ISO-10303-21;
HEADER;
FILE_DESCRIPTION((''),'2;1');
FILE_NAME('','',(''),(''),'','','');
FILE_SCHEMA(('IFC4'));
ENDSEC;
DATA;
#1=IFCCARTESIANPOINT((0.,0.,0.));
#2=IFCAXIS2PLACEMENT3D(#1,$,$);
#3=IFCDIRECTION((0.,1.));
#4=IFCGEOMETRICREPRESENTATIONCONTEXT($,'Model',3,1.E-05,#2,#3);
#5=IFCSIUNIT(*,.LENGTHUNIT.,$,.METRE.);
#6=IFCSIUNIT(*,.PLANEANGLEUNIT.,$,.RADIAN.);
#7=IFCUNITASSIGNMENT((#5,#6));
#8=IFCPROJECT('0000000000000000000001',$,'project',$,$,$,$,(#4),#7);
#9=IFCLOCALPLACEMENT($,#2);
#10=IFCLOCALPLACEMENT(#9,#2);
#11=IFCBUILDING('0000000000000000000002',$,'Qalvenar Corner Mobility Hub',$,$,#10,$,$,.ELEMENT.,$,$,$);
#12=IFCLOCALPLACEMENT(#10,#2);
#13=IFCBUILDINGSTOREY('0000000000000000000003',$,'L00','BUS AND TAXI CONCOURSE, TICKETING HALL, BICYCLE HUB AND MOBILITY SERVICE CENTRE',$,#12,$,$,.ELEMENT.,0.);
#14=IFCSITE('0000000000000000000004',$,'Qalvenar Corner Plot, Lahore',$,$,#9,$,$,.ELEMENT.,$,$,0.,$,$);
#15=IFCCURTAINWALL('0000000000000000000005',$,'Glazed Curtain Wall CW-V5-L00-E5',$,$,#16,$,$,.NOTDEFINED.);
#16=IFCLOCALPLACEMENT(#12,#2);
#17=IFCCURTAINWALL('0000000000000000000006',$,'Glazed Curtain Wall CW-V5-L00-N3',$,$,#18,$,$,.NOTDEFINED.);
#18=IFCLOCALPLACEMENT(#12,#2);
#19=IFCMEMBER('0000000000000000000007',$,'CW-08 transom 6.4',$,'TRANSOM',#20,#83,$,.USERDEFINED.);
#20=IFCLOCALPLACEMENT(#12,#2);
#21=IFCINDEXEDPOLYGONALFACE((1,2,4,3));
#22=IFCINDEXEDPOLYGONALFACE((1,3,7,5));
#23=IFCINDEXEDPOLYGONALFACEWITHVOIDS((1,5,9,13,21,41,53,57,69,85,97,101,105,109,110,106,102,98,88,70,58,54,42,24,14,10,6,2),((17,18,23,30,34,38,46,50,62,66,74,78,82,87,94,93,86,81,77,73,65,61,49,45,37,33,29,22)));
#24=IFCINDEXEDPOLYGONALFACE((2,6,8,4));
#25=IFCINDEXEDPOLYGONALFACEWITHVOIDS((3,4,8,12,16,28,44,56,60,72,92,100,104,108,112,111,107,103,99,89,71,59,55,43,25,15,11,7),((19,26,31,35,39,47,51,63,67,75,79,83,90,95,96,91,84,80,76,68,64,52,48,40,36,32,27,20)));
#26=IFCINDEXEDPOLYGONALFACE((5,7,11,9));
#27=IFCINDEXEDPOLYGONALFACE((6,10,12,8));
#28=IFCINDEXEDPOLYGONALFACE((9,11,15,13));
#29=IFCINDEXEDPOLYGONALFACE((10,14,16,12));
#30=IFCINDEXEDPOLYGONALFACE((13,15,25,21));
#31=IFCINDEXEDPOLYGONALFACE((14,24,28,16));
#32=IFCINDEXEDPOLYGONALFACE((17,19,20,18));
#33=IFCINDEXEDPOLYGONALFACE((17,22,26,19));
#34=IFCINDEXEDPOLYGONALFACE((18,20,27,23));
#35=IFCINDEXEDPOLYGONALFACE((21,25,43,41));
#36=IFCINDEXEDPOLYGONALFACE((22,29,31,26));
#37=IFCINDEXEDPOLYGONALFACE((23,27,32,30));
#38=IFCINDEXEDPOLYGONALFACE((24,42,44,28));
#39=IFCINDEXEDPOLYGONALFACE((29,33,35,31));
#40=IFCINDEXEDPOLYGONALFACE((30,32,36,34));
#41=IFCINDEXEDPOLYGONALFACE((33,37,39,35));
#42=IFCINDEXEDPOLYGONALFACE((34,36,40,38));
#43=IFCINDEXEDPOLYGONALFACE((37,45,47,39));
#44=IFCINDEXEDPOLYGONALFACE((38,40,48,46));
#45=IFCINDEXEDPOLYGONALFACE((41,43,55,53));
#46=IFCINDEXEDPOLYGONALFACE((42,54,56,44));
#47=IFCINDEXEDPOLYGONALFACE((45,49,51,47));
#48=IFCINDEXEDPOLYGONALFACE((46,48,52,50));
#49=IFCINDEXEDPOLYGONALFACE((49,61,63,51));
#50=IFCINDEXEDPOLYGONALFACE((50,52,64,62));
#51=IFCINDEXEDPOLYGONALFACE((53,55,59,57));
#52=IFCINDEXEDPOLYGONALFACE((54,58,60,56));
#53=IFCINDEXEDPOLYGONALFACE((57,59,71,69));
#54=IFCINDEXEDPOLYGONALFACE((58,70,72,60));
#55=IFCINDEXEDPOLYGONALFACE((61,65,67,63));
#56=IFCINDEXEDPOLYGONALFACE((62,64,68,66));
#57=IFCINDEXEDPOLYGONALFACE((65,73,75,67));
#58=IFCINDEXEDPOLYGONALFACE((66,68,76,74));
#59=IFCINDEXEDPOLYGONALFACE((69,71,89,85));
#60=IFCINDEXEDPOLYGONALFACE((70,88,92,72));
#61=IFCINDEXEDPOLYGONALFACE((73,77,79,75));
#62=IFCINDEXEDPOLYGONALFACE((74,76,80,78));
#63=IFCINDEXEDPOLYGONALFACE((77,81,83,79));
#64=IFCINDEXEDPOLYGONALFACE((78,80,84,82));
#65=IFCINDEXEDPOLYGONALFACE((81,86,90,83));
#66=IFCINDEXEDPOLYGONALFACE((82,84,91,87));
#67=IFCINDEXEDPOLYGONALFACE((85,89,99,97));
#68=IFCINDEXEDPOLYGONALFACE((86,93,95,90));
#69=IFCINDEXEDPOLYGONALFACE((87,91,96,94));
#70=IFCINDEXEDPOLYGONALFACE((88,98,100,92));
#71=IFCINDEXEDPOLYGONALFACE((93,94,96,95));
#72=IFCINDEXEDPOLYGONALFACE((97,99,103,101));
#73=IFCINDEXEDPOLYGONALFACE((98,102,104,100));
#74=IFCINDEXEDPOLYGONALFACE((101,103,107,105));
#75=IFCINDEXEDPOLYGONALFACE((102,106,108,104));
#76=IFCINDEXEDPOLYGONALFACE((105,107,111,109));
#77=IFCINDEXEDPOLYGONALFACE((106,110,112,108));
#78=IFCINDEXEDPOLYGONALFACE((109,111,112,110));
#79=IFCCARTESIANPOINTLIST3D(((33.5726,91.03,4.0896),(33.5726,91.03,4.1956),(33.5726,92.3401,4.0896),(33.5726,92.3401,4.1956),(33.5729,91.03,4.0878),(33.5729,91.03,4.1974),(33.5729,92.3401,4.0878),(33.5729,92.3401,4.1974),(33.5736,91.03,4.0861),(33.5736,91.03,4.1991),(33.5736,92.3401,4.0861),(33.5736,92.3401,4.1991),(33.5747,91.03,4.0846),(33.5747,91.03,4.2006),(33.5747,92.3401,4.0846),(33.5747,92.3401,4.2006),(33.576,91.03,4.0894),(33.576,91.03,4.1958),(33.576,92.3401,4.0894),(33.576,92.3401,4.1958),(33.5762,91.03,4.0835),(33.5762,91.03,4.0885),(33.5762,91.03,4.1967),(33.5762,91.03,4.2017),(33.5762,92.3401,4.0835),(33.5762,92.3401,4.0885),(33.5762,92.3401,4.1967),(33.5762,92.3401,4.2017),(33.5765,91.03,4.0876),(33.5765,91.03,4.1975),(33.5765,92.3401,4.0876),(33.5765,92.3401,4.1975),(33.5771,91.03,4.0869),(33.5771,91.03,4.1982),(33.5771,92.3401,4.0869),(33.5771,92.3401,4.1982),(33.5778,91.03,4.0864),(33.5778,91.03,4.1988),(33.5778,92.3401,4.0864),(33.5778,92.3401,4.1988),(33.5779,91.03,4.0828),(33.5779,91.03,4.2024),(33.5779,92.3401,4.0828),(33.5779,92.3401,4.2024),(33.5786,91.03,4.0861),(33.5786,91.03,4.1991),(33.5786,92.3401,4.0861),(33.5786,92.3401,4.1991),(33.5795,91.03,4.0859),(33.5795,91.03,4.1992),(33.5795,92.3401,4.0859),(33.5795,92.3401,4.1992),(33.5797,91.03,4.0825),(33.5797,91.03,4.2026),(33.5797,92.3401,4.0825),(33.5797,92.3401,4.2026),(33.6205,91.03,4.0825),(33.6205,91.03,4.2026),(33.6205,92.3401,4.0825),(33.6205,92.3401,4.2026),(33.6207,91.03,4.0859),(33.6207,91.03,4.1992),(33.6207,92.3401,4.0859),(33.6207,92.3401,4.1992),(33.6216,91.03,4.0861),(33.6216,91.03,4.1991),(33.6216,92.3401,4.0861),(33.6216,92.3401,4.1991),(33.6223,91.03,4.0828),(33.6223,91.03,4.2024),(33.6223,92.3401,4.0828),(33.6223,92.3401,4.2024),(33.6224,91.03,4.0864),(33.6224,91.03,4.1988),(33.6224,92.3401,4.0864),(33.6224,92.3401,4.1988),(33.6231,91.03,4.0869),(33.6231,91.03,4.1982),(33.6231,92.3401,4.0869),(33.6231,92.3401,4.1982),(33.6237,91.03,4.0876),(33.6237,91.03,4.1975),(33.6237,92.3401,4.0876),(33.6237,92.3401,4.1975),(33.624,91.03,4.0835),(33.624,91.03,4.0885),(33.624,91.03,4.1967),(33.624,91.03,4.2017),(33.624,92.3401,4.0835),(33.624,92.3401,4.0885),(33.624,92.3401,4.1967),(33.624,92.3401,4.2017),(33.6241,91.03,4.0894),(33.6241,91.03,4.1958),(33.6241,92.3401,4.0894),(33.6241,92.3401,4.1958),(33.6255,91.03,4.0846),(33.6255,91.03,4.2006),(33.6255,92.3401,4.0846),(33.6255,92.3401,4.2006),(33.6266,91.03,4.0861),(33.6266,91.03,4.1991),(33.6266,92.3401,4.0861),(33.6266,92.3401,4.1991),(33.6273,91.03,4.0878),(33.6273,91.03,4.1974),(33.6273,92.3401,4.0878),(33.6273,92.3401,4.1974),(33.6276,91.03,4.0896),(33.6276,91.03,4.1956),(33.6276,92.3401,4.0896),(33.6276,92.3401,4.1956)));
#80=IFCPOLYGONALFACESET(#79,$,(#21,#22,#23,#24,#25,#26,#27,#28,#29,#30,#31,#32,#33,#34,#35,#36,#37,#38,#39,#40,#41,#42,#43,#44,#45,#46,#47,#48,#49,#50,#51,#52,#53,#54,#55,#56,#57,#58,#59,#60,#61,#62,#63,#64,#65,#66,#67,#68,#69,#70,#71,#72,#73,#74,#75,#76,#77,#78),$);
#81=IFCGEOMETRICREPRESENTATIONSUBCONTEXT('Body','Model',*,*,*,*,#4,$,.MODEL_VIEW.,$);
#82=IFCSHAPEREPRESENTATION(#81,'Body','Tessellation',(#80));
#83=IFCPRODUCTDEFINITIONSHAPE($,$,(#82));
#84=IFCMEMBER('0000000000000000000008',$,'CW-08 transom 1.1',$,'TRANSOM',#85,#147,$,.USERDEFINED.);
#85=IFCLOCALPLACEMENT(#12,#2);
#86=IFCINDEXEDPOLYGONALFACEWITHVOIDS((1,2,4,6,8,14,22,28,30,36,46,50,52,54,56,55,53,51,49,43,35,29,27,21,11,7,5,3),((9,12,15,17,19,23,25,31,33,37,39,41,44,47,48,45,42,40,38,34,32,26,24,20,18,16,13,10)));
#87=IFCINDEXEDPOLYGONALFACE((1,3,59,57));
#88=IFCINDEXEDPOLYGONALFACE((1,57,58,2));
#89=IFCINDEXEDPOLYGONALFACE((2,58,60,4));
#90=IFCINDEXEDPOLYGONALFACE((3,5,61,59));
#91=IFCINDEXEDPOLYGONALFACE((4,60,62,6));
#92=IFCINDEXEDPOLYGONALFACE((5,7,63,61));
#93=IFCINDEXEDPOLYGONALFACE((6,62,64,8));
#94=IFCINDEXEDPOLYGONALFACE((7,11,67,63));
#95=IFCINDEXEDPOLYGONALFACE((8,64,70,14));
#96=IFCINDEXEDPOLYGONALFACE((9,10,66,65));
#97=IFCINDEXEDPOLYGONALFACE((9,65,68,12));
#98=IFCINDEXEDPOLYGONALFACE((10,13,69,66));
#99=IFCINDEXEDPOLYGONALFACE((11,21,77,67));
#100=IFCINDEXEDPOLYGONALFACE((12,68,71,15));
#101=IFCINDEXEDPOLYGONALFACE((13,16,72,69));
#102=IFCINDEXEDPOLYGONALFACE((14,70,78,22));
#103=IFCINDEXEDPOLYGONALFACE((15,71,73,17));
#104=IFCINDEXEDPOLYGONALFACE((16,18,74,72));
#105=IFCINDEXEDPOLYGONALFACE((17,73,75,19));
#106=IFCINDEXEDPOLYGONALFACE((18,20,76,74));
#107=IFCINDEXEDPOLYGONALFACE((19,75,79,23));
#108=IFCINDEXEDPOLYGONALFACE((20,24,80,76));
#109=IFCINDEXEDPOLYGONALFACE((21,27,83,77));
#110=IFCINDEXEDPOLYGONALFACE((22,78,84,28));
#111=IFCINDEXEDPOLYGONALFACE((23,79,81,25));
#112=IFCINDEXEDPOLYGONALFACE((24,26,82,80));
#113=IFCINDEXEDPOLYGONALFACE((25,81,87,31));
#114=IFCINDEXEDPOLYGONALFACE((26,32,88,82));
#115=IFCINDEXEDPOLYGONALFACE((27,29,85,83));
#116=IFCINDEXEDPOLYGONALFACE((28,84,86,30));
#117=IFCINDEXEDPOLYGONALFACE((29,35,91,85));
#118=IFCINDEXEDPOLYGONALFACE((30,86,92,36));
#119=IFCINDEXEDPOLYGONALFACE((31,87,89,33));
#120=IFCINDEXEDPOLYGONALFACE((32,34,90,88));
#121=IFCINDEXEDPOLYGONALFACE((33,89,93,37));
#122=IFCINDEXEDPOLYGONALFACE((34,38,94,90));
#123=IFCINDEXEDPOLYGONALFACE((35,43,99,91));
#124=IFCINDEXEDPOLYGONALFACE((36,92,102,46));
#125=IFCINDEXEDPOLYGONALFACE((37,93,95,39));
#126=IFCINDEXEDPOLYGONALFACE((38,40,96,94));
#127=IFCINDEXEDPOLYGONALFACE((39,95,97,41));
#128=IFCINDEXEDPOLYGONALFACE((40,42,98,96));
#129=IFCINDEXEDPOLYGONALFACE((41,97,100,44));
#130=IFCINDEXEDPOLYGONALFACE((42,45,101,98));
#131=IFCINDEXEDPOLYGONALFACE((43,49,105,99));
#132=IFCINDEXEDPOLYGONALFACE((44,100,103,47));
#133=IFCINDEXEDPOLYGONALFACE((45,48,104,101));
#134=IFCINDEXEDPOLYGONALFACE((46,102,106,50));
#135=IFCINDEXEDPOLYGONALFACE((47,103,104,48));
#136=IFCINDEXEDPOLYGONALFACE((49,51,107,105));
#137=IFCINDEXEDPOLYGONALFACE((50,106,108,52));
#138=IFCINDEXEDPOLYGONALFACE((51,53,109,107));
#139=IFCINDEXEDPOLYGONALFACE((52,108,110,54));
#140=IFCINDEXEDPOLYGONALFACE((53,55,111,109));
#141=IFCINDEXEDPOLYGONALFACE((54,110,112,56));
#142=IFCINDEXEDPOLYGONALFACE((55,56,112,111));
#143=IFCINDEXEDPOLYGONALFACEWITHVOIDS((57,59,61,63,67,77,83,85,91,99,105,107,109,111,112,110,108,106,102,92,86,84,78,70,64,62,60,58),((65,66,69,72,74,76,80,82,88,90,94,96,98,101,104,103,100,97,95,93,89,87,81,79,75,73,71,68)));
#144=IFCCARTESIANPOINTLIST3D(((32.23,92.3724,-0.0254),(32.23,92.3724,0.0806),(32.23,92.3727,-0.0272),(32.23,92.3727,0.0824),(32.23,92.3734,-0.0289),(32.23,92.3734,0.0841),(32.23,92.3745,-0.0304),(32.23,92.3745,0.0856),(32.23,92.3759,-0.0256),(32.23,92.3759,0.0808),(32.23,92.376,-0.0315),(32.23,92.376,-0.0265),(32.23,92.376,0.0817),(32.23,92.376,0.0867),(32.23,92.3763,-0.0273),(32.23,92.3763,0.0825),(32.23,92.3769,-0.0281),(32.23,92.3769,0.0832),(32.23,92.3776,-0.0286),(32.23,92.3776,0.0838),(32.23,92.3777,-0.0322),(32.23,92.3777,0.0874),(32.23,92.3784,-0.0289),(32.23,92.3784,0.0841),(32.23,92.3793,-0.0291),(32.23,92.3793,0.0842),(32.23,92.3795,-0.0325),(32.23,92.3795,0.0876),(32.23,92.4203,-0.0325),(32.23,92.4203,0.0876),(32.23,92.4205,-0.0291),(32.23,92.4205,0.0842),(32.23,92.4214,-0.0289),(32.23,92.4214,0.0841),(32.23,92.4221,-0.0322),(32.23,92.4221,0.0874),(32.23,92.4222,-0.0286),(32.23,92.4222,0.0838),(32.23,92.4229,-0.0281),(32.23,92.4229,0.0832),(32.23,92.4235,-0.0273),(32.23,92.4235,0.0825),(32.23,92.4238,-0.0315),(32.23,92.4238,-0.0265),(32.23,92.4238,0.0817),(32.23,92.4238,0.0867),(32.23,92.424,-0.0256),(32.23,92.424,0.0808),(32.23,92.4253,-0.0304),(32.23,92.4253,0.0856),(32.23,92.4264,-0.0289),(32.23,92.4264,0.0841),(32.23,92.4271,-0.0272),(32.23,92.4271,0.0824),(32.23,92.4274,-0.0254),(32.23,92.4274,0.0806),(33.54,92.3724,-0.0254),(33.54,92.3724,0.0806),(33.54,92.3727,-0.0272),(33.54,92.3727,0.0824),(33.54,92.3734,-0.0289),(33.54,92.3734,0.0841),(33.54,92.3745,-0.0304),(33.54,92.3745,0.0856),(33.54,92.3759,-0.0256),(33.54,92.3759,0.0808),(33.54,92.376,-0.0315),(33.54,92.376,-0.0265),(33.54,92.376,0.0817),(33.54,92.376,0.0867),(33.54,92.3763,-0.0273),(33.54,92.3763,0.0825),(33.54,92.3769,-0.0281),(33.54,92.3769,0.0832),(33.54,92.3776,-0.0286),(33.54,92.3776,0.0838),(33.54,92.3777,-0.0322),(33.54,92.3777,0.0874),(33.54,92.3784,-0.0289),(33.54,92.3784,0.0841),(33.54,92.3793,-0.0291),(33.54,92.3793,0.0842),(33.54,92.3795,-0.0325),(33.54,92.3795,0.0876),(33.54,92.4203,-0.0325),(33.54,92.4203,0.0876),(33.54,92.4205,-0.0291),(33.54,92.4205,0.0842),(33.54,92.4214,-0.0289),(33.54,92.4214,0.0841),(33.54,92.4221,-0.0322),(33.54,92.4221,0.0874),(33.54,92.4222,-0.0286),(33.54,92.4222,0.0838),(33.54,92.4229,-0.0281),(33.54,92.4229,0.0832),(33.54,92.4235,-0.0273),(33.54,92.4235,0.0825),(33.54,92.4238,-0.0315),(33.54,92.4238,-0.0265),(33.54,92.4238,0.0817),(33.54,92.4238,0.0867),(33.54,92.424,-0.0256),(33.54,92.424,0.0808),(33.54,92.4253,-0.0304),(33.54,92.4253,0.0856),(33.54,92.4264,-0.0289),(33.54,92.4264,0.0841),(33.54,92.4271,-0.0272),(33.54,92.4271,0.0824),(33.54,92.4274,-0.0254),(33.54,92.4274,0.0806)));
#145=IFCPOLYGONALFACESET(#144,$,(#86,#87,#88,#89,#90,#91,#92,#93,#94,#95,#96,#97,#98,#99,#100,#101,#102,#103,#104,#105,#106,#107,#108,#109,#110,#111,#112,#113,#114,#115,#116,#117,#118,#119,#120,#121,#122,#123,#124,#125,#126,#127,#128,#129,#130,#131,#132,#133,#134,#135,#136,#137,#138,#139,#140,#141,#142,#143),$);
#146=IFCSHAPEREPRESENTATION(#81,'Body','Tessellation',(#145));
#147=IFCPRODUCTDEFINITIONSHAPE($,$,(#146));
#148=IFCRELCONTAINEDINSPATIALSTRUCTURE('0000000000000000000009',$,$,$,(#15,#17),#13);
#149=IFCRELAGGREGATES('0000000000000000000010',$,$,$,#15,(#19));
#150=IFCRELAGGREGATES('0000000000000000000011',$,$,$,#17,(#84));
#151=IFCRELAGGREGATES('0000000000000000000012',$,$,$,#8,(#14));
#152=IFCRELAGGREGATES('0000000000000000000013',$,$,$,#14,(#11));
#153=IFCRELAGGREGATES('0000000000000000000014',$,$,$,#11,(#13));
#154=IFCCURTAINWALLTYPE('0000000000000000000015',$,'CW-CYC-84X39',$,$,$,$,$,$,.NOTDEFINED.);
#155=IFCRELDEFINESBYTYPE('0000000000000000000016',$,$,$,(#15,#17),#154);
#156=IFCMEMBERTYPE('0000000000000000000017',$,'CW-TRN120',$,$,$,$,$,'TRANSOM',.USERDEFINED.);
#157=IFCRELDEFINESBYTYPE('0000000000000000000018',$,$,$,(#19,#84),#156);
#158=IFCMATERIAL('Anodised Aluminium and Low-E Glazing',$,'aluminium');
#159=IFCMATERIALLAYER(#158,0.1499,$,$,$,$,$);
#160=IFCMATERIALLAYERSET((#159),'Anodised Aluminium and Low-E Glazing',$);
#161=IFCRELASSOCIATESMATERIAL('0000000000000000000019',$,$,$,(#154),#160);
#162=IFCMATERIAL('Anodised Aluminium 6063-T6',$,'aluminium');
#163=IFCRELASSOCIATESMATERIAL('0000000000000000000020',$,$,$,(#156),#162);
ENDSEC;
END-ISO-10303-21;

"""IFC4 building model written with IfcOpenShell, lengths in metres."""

from ifc_helpers import new_model, si_unit, direction, frame, origin, origin_2d, place, context, subcontext, project, spatial, hollow_rectangle, extrude, material, layer, layer_set, material_profile, profile_set, type_object, element, aggregate, save


model = new_model("IFC4")

# Units and contexts
model_context = context("Model", 3, precision=1e-05, world=origin(), true_north=direction((0.0, 1.0)))
body_context = subcontext(model_context, "Body", "Model", "MODEL_VIEW")
ifc_project = project(units=[si_unit("LENGTHUNIT", "METRE"), si_unit("PLANEANGLEUNIT", "RADIAN")], contexts=[model_context])

# Site, building, storey
site_placement = place(None, origin())
site = spatial("IfcSite", under=ifc_project, at=site_placement, Name="Qalvenar Corner Plot, Lahore", CompositionType="ELEMENT", RefElevation=0.0)
building_placement = place(site_placement, origin())
building = spatial("IfcBuilding", under=site, at=building_placement, Name="Qalvenar Corner Mobility Hub", CompositionType="ELEMENT")
storey_placement = place(building_placement, origin())
storey = spatial("IfcBuildingStorey", under=building, at=storey_placement, Name="L00", Description="BUS AND TAXI CONCOURSE, TICKETING HALL, BICYCLE HUB AND MOBILITY SERVICE CENTRE", CompositionType="ELEMENT", Elevation=0.0)

# Curtain walls
ifc_material_1 = material(Name="Anodised Aluminium and Low-E Glazing", Category="aluminium")
ifc_layer_1 = layer(ifc_material_1, 0.1499)
ifc_layer_set_1 = layer_set([ifc_layer_1], Name="Anodised Aluminium and Low-E Glazing")
curtain_wall_type = type_object("IfcCurtainWallType", Name="CW-CYC-84X39", PredefinedType="NOTDEFINED", material=ifc_layer_set_1)
curtain_wall_1_placement = place(storey_placement, origin())
curtain_wall_1 = element("IfcCurtainWall", 1, at=curtain_wall_1_placement, inside=storey, type_object=curtain_wall_type, Name="Glazed Curtain Wall CW-V5-L00-E5", PredefinedType="NOTDEFINED")
ifc_material_2 = material(Name="Anodised Aluminium 6063-T6", Category="aluminium")
curtain_wall_2_placement = place(storey_placement, origin())
curtain_wall_2 = element("IfcCurtainWall", 2, at=curtain_wall_2_placement, inside=storey, type_object=curtain_wall_type, Name="Glazed Curtain Wall CW-V5-L00-N3", PredefinedType="NOTDEFINED")

# Members
ifc_material_profile_1 = material_profile(ifc_material_2, hollow_rectangle(XDim=0.0549, YDim=0.1201, WallThickness=0.0034, InnerFilletRadius=0.0034, OuterFilletRadius=0.0071, at=origin_2d()), Name="RHS120x55x3.5")
ifc_profile_set_1 = profile_set([ifc_material_profile_1], Name="Anodised Aluminium 6063-T6")
member_type_1 = type_object("IfcMemberType", Name="CW-TRN120", ElementType="TRANSOM", PredefinedType="USERDEFINED", material=ifc_profile_set_1)
member_1_placement = place(storey_placement, frame((33.6001, 91.03, 4.1426), z_axis=(0.0, 1.0, 0.0), x_axis=(-1.0, 0.0, 0.0)))
member_1 = element("IfcMember", 3, at=member_1_placement, type_object=member_type_1, Name="CW-08 transom 6.4", ObjectType="TRANSOM", PredefinedType="USERDEFINED", context=body_context, shape_type="SweptSolid", body=[
    extrude(hollow_rectangle(XDim=0.0549, YDim=0.1201, WallThickness=0.0034, InnerFilletRadius=0.0034, OuterFilletRadius=0.0071, at=origin_2d()), origin(), (0.0, 0.0, 1.0), 1.3101),
])
member_2_placement = place(storey_placement, frame((33.54, 92.3999, 0.0276), z_axis=(-1.0, 0.0, 0.0), x_axis=(0.0, -1.0, 0.0)))
member_2 = element("IfcMember", 4, at=member_2_placement, type_object=member_type_1, Name="CW-08 transom 1.1", ObjectType="TRANSOM", PredefinedType="USERDEFINED", context=body_context, shape_type="SweptSolid", body=[
    extrude(hollow_rectangle(XDim=0.0549, YDim=0.1201, WallThickness=0.0034, InnerFilletRadius=0.0034, OuterFilletRadius=0.0071, at=origin_2d()), origin(), (0.0, 0.0, 1.0), 1.3101),
])

aggregate(curtain_wall_1, [member_1])
aggregate(curtain_wall_2, [member_2])

save(model, "model.ifc")
